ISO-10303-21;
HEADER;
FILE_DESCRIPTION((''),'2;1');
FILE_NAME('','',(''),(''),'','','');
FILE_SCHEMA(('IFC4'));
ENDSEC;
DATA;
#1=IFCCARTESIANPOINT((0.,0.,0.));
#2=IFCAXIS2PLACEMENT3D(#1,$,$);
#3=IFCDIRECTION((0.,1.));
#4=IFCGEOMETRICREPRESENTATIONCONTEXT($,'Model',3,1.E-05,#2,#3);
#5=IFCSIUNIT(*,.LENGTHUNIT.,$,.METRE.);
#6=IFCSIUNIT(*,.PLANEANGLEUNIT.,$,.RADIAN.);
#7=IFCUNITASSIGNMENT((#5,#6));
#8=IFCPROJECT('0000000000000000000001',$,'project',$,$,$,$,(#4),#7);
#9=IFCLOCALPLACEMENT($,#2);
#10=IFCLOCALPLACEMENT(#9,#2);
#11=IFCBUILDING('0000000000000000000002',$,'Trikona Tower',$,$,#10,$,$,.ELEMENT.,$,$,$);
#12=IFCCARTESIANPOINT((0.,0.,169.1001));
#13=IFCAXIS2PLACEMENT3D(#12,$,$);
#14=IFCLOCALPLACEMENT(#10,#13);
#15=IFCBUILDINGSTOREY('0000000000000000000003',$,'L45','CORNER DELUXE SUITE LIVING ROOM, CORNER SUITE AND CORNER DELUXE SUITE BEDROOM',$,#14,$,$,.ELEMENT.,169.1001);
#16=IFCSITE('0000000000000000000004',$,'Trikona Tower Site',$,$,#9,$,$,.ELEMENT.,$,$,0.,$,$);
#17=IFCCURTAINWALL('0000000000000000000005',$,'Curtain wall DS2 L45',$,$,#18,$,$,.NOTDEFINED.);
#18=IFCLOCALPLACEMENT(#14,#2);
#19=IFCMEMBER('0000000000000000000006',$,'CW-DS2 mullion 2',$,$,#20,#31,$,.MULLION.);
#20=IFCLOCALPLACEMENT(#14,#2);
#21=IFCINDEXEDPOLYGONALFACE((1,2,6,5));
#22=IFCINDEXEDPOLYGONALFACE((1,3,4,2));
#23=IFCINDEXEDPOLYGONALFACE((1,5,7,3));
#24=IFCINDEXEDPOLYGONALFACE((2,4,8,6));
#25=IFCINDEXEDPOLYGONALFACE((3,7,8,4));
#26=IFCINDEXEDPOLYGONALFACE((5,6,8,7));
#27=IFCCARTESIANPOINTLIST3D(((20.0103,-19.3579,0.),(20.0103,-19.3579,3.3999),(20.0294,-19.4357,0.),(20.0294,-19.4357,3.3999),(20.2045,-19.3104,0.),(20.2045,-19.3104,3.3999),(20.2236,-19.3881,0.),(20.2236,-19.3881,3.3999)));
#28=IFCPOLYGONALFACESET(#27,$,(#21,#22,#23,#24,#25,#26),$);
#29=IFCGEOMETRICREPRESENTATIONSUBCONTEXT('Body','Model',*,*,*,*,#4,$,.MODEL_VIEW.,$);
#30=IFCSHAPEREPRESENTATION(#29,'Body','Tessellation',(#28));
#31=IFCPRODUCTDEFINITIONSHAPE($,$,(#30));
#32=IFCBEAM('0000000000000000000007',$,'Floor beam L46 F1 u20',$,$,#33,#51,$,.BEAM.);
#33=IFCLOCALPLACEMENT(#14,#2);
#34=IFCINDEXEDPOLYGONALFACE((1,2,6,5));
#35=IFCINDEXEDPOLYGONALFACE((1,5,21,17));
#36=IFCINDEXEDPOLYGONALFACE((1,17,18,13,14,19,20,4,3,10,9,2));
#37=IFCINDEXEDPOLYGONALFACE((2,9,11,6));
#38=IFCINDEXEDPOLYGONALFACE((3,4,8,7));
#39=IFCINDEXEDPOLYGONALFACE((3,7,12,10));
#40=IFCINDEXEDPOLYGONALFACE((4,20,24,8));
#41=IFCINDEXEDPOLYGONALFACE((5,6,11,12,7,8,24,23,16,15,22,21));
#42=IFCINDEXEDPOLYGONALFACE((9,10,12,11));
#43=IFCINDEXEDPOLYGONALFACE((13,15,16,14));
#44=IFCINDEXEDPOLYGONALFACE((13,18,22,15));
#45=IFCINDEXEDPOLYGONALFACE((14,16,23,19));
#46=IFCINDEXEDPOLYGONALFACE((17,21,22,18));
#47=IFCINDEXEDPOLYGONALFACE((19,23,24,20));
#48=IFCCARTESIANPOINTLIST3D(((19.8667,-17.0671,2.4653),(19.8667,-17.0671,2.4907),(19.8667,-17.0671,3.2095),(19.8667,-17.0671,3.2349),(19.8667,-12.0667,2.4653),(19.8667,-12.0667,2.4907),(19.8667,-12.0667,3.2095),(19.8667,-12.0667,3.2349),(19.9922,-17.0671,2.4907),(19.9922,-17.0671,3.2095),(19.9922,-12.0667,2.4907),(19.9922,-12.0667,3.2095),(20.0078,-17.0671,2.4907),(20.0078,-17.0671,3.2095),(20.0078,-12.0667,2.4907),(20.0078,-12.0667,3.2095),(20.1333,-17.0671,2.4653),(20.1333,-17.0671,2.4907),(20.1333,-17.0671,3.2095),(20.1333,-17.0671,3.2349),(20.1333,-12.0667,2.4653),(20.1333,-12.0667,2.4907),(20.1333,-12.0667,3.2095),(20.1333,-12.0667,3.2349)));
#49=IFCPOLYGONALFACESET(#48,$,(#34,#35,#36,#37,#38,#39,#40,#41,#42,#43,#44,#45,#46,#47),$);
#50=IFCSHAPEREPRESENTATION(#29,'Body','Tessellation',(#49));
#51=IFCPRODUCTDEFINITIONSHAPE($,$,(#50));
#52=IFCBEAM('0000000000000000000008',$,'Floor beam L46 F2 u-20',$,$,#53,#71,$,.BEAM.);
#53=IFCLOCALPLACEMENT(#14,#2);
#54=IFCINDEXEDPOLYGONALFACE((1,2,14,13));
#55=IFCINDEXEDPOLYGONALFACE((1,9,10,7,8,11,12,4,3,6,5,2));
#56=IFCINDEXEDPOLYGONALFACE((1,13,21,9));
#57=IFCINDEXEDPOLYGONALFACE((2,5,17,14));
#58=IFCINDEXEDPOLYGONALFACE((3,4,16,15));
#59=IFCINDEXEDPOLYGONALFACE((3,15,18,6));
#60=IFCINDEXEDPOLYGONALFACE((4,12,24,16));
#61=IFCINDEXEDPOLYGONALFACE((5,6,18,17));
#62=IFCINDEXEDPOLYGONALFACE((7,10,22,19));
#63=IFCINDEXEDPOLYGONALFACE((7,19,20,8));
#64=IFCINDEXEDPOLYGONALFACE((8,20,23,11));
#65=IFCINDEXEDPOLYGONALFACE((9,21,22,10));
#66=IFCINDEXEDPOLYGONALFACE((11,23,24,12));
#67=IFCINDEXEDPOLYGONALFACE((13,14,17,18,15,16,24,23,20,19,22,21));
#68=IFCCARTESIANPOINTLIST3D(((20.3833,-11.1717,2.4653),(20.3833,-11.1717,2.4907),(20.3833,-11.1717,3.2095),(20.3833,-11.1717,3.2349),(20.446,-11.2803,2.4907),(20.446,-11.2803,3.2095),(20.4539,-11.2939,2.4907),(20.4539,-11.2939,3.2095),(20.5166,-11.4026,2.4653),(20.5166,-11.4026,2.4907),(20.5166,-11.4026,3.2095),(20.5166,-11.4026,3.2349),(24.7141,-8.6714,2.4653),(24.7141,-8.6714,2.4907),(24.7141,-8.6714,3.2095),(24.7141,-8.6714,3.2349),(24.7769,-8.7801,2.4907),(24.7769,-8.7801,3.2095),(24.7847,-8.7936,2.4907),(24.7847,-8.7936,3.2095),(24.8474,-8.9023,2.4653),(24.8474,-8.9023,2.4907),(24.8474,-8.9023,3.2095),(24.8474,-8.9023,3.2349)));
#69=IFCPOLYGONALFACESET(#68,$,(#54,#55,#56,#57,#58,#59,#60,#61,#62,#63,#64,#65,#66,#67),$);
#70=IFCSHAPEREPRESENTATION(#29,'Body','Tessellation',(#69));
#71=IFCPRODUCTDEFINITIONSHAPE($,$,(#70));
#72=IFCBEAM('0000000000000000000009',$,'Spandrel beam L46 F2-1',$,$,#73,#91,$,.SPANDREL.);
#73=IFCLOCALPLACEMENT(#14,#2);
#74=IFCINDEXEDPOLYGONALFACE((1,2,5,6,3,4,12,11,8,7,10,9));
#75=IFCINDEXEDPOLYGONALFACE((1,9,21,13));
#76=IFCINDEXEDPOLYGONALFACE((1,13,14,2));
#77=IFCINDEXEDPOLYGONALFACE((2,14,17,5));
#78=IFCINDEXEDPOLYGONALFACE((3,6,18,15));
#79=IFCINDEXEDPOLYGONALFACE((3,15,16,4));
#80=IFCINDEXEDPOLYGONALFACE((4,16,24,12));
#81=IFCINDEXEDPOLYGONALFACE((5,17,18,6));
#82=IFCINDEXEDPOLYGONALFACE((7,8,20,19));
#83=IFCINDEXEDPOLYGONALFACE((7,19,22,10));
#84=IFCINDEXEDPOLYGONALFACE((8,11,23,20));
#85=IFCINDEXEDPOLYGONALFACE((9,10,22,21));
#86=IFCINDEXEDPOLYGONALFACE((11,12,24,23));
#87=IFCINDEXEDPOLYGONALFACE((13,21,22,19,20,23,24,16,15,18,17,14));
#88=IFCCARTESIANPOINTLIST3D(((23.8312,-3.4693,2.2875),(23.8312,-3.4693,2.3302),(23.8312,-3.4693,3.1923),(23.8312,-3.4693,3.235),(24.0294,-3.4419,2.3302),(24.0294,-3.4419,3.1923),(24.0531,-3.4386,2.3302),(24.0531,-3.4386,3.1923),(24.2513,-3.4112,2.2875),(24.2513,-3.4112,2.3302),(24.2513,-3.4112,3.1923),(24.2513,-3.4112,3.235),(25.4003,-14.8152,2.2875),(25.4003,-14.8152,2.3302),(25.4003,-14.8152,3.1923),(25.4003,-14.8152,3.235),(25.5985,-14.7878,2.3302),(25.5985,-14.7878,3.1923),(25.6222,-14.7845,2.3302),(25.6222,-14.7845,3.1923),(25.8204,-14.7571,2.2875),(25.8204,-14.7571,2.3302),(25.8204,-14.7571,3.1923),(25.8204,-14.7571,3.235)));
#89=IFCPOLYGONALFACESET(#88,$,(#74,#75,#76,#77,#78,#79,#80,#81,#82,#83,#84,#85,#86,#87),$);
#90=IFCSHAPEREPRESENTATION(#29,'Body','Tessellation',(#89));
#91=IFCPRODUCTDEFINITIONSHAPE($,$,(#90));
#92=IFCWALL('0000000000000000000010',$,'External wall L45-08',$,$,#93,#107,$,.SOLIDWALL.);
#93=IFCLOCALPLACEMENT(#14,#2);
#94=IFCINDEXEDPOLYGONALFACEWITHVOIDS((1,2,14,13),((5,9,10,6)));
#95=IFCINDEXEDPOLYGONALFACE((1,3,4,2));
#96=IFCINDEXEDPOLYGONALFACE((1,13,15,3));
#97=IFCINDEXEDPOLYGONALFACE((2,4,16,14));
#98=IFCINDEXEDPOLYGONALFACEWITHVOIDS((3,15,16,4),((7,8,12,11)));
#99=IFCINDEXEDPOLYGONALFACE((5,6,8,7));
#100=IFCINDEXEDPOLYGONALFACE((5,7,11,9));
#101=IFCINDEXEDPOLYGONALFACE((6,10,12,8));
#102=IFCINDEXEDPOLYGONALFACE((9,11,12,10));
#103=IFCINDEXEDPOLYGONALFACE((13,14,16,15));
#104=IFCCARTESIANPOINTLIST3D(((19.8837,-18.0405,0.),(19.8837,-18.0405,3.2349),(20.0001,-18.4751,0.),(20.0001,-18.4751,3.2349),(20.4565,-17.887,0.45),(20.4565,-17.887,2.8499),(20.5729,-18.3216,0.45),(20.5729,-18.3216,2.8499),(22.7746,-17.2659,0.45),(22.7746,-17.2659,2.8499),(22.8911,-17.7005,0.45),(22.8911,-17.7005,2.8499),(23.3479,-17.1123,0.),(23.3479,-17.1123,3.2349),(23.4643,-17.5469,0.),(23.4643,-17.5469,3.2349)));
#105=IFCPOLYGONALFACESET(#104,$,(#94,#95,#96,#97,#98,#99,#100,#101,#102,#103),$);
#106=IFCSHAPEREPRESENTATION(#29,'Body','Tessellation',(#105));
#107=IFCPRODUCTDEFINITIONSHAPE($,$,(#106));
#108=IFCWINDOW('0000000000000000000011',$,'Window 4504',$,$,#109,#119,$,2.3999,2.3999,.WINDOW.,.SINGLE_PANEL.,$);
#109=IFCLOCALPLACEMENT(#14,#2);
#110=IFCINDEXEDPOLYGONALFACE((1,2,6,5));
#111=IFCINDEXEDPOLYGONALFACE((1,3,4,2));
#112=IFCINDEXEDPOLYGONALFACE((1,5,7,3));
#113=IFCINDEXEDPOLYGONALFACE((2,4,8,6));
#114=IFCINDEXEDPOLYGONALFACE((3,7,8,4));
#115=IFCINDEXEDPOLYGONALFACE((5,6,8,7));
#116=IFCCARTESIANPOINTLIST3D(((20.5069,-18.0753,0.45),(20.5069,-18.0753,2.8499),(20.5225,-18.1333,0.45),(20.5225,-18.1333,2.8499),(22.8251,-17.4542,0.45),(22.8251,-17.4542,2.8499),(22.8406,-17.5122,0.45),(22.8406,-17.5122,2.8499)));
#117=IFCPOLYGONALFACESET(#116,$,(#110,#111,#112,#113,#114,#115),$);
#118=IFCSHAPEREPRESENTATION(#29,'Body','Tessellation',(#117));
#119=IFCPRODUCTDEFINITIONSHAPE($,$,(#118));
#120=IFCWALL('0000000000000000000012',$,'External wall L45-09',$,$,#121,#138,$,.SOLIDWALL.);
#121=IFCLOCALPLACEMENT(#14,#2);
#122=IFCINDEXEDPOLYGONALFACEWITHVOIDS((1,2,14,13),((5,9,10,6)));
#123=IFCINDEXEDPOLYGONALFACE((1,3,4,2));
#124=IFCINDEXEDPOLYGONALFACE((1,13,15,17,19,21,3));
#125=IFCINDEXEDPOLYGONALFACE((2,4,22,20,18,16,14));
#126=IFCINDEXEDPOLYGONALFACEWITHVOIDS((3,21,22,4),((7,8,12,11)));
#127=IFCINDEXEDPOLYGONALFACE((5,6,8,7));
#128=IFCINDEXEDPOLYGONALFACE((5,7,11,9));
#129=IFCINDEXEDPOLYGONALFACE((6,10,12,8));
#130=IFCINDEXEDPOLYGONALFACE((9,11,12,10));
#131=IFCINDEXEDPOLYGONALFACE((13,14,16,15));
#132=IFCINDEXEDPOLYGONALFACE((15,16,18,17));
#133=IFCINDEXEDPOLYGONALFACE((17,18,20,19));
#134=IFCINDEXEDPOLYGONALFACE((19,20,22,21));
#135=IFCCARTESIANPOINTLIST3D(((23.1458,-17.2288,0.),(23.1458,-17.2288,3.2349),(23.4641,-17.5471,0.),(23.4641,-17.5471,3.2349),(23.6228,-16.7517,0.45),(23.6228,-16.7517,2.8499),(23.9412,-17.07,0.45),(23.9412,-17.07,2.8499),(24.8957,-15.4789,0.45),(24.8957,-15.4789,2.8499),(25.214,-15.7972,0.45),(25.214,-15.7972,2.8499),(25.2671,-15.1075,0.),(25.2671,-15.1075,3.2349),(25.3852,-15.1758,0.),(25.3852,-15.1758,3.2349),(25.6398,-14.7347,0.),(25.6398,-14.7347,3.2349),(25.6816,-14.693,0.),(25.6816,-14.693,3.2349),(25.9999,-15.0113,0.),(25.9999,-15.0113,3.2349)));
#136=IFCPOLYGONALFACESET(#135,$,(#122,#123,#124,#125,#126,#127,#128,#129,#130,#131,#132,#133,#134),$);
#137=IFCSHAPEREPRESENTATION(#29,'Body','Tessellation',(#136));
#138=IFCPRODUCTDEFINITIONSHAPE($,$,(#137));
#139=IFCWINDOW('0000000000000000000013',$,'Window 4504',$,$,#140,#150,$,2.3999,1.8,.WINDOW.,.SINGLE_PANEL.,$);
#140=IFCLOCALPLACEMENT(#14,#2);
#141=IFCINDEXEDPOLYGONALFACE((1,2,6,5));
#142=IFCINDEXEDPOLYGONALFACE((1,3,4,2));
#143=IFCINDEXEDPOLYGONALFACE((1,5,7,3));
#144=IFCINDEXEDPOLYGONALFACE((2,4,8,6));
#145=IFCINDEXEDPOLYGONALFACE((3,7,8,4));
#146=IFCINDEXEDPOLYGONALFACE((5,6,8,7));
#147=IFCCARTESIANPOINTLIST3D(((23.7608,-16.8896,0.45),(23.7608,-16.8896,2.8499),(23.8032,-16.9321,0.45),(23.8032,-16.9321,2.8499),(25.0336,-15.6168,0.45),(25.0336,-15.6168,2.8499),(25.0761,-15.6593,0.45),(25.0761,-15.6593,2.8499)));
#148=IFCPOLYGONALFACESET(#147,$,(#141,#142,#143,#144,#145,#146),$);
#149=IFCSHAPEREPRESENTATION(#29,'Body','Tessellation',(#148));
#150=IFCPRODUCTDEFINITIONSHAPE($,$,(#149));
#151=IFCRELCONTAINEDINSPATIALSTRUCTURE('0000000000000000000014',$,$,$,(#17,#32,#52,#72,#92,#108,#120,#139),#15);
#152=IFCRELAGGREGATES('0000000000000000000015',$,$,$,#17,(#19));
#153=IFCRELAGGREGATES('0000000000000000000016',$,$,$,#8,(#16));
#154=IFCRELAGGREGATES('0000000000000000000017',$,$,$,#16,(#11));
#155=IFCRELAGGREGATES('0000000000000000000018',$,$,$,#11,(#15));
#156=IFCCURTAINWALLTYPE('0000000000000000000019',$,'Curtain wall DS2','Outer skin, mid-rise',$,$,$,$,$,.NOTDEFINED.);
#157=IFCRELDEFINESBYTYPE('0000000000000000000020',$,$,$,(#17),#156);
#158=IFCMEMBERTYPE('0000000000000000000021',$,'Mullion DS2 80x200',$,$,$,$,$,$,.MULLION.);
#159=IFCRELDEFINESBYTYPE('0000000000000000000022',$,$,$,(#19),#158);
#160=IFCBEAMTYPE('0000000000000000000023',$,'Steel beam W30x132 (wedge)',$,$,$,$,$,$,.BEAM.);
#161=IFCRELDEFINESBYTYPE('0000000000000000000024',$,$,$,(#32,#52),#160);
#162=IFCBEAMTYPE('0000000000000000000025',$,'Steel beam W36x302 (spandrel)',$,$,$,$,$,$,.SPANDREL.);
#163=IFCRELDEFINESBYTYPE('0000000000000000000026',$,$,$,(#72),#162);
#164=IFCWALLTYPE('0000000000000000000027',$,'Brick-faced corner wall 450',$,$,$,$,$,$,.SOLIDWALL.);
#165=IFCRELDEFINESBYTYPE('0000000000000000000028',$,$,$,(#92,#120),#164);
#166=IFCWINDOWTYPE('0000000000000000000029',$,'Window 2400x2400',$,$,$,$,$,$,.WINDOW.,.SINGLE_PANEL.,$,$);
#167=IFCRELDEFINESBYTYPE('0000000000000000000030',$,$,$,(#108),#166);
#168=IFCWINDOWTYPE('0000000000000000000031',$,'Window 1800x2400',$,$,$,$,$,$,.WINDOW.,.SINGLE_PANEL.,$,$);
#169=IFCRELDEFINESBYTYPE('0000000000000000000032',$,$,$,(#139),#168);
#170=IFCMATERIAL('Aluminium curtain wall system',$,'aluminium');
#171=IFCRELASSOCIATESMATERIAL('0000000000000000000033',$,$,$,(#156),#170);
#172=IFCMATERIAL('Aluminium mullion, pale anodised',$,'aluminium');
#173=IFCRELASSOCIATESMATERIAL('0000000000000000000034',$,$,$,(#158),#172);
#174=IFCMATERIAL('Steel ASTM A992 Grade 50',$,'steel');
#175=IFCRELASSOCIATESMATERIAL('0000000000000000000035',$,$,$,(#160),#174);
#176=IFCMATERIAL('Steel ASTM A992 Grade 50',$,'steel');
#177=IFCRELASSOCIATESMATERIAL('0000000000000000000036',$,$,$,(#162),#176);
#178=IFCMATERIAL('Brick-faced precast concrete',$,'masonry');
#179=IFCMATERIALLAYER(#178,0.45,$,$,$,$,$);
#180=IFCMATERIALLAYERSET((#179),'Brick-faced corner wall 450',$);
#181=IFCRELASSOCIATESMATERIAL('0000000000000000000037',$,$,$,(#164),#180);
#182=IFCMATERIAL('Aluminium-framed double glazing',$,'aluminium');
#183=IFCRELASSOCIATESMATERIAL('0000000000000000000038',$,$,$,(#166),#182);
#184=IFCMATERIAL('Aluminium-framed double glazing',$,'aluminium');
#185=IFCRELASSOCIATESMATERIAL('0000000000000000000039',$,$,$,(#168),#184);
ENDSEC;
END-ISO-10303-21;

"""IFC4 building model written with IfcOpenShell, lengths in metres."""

from ifc_helpers import new_model, si_unit, direction, frame, frame_2d, origin, origin_2d, place, context, subcontext, project, spatial, polyline, rectangle, i_section, outline, extrude, material, layer, layer_set, material_profile, profile_set, type_object, element, fill, aggregate, save


model = new_model("IFC4")

# Units and contexts
model_context = context("Model", 3, precision=1e-05, world=origin(), true_north=direction((0.0, 1.0)))
body_context = subcontext(model_context, "Body", "Model", "MODEL_VIEW")
ifc_project = project(units=[si_unit("LENGTHUNIT", "METRE"), si_unit("PLANEANGLEUNIT", "RADIAN")], contexts=[model_context])

# Site, building, storey
site_placement = place(None, origin())
site = spatial("IfcSite", under=ifc_project, at=site_placement, Name="Trikona Tower Site", CompositionType="ELEMENT", RefElevation=0.0)
building_placement = place(site_placement, origin())
building = spatial("IfcBuilding", under=site, at=building_placement, Name="Trikona Tower", CompositionType="ELEMENT")
storey_placement = place(building_placement, frame((0.0, 0.0, 169.1001)))
storey = spatial("IfcBuildingStorey", under=building, at=storey_placement, Name="L45", Description="CORNER DELUXE SUITE LIVING ROOM, CORNER SUITE AND CORNER DELUXE SUITE BEDROOM", CompositionType="ELEMENT", Elevation=169.1001)

# Curtain wall, member
ifc_material_1 = material(Name="Aluminium curtain wall system", Category="aluminium")
curtain_wall_type = type_object("IfcCurtainWallType", Name="Curtain wall DS2", Description="Outer skin, mid-rise", PredefinedType="NOTDEFINED", material=ifc_material_1)
curtain_wall_placement = place(storey_placement, origin())
curtain_wall = element("IfcCurtainWall", 1, at=curtain_wall_placement, inside=storey, type_object=curtain_wall_type, Name="Curtain wall DS2 L45", PredefinedType="NOTDEFINED")
ifc_material_2 = material(Name="Aluminium mullion, pale anodised", Category="aluminium")
ifc_material_profile_1 = material_profile(ifc_material_2, rectangle(XDim=0.0801, YDim=0.2, at=origin_2d()), Name="MUL-DS2")
ifc_profile_set_1 = profile_set([ifc_material_profile_1], Name="Aluminium mullion, pale anodised")
member_type = type_object("IfcMemberType", Name="Mullion DS2 80x200", PredefinedType="MULLION", material=ifc_profile_set_1)
member_placement = place(storey_placement, frame((20.1169, -19.373, 0.0), z_axis=(0.0, 0.0, 1.0), x_axis=(-0.23797, 0.971272, 0.0)))
member = element("IfcMember", 2, at=member_placement, type_object=member_type, Name="CW-DS2 mullion 2", PredefinedType="MULLION", context=body_context, shape_type="SweptSolid", body=[
    extrude(rectangle(XDim=0.0801, YDim=0.2, at=origin_2d()), origin(), (0.0, 0.0, 1.0), 3.3999),
])
aggregate(curtain_wall, [member])

# Beams
ifc_material_3 = material(Name="Steel ASTM A992 Grade 50", Category="steel")
ifc_material_profile_2 = material_profile(ifc_material_3, i_section(OverallWidth=0.2666, OverallDepth=0.7695, WebThickness=0.0156, FlangeThickness=0.0254, at=origin_2d()), Name="W30X132")
ifc_profile_set_2 = profile_set([ifc_material_profile_2], Name="Steel ASTM A992 Grade 50")
beam_type_1 = type_object("IfcBeamType", Name="Steel beam W30x132 (wedge)", PredefinedType="BEAM", material=ifc_profile_set_2)
beam_1_placement = place(storey_placement, frame((20.0, -12.0667, 2.8501), z_axis=(0.0, -1.0, 0.0), x_axis=(1.0, 0.0, 0.0)))
element("IfcBeam", 3, at=beam_1_placement, inside=storey, type_object=beam_type_1, Name="Floor beam L46 F1 u20", PredefinedType="BEAM", context=body_context, shape_type="SweptSolid", body=[
    extrude(i_section(OverallWidth=0.2666, OverallDepth=0.7695, WebThickness=0.0156, FlangeThickness=0.0254, at=origin_2d()), origin(), (0.0, 0.0, 1.0), 5.0005),
])
beam_2_placement = place(storey_placement, frame((20.45, -11.2871, 2.8501), z_axis=(0.866038, 0.499977, 0.0), x_axis=(-0.499977, 0.866038, 0.0)))
element("IfcBeam", 4, at=beam_2_placement, inside=storey, type_object=beam_type_1, Name="Floor beam L46 F2 u-20", PredefinedType="BEAM", context=body_context, shape_type="SweptSolid", body=[
    extrude(i_section(OverallWidth=0.2666, OverallDepth=0.7695, WebThickness=0.0156, FlangeThickness=0.0254, at=origin_2d()), origin(), (0.0, 0.0, 1.0), 5.0007),
])
ifc_material_4 = material(Name="Steel ASTM A992 Grade 50", Category="steel")
ifc_material_profile_3 = material_profile(ifc_material_4, i_section(OverallWidth=0.4241, OverallDepth=0.9475, WebThickness=0.0239, FlangeThickness=0.0427, at=origin_2d()), Name="W36X302")
ifc_profile_set_3 = profile_set([ifc_material_profile_3], Name="Steel ASTM A992 Grade 50")
beam_type_2 = type_object("IfcBeamType", Name="Steel beam W36x302 (spandrel)", PredefinedType="SPANDREL", material=ifc_profile_set_3)
beam_3_placement = place(storey_placement, frame((25.6104, -14.7861, 2.7612), z_axis=(-0.136992, 0.990572, 0.0), x_axis=(-0.990572, -0.136992, 0.0)))
element("IfcBeam", 5, at=beam_3_placement, inside=storey, type_object=beam_type_2, Name="Spandrel beam L46 F2-1", PredefinedType="SPANDREL", context=body_context, shape_type="SweptSolid", body=[
    extrude(i_section(OverallWidth=0.4241, OverallDepth=0.9475, WebThickness=0.0239, FlangeThickness=0.0427, at=origin_2d()), origin(), (0.0, 0.0, 1.0), 11.4539),
])

# Walls, openings, windows
ifc_material_5 = material(Name="Brick-faced precast concrete", Category="masonry")
ifc_layer_1 = layer(ifc_material_5, 0.45)
ifc_layer_set_1 = layer_set([ifc_layer_1], Name="Brick-faced corner wall 450")
wall_type_1 = type_object("IfcWallType", Name="Brick-faced corner wall 450", PredefinedType="SOLIDWALL", material=ifc_layer_set_1)
wall_1_placement = place(storey_placement, frame((19.9419, -18.2578, 0.0), z_axis=(0.0, 0.0, 1.0), x_axis=(0.965925, 0.258823, 0.0)))
wall_1 = element("IfcWall", 6, at=wall_1_placement, inside=storey, type_object=wall_type_1, Name="External wall L45-08", PredefinedType="SOLIDWALL", context=body_context, shape_type="SweptSolid", body=[
    extrude(rectangle(XDim=3.5864, YDim=0.45, at=frame_2d((1.7932, 0.0))), origin(), (0.0, 0.0, 1.0), 3.2349),
])
opening_1_placement = place(wall_1_placement, frame((0.593, 0.0, 0.45)))
opening_1 = element("IfcOpeningElement", 7, at=opening_1_placement, cuts=wall_1, PredefinedType="OPENING", context=body_context, shape_type="SweptSolid", body=[
    extrude(rectangle(XDim=2.3999, YDim=2.3999, at=frame_2d((1.2, 1.2))), frame((0.0, 0.2349, 0.0), z_axis=(0.0, -1.0, 0.0), x_axis=(1.0, 0.0, 0.0)), (0.0, 0.0, 1.0), 0.47),
])
ifc_material_6 = material(Name="Aluminium-framed double glazing", Category="aluminium")
window_type_1 = type_object("IfcWindowType", Name="Window 2400x2400", PartitioningType="SINGLE_PANEL", PredefinedType="WINDOW", material=ifc_material_6)
window_1_placement = place(opening_1_placement, origin())
window_1 = element("IfcWindow", 8, at=window_1_placement, inside=storey, type_object=window_type_1, Name="Window 4504", OverallHeight=2.3999, OverallWidth=2.3999, PartitioningType="SINGLE_PANEL", PredefinedType="WINDOW", context=body_context, shape_type="SweptSolid", body=[
    extrude(rectangle(XDim=2.3999, YDim=2.3999, at=frame_2d((1.2, 1.2))), frame((0.0, 0.03, 0.0), z_axis=(0.0, -1.0, 0.0), x_axis=(1.0, 0.0, 0.0)), (0.0, 0.0, 1.0), 0.0601),
])
fill(opening_1, window_1)
wall_2_placement = place(storey_placement, frame((23.3049, -17.3879, 0.0), z_axis=(0.0, 0.0, 1.0), x_axis=(0.707107, 0.707107, 0.0)))
wall_2 = element("IfcWall", 9, at=wall_2_placement, inside=storey, type_object=wall_type_1, Name="External wall L45-09", PredefinedType="SOLIDWALL", context=body_context, shape_type="SweptSolid", body=[
    extrude(outline(polyline([(3.5862, 0.2251), (3.5271, 0.2251), (3.0352, 0.0933), (3.0, 0.2251), (0.0, 0.2251), (0.0, -0.2251), (3.5862, -0.2251), (3.5862, 0.2251)])), origin(), (0.0, 0.0, 1.0), 3.2349),
])
opening_2_placement = place(wall_2_placement, frame((0.6748, 0.0, 0.45)))
opening_2 = element("IfcOpeningElement", 10, at=opening_2_placement, cuts=wall_2, PredefinedType="OPENING", context=body_context, shape_type="SweptSolid", body=[
    extrude(rectangle(XDim=1.8, YDim=2.3999, at=frame_2d((0.8999, 1.2))), frame((0.0, 0.2349, 0.0), z_axis=(0.0, -1.0, 0.0), x_axis=(1.0, 0.0, 0.0)), (0.0, 0.0, 1.0), 0.47),
])
ifc_material_7 = material(Name="Aluminium-framed double glazing", Category="aluminium")
window_type_2 = type_object("IfcWindowType", Name="Window 1800x2400", PartitioningType="SINGLE_PANEL", PredefinedType="WINDOW", material=ifc_material_7)
window_2_placement = place(opening_2_placement, origin())
window_2 = element("IfcWindow", 11, at=window_2_placement, inside=storey, type_object=window_type_2, Name="Window 4504", OverallHeight=2.3999, OverallWidth=1.8, PartitioningType="SINGLE_PANEL", PredefinedType="WINDOW", context=body_context, shape_type="SweptSolid", body=[
    extrude(rectangle(XDim=1.8, YDim=2.3999, at=frame_2d((0.8999, 1.2))), frame((0.0, 0.03, 0.0), z_axis=(0.0, -1.0, 0.0), x_axis=(1.0, 0.0, 0.0)), (0.0, 0.0, 1.0), 0.0601),
])
fill(opening_2, window_2)

save(model, "model.ifc")
